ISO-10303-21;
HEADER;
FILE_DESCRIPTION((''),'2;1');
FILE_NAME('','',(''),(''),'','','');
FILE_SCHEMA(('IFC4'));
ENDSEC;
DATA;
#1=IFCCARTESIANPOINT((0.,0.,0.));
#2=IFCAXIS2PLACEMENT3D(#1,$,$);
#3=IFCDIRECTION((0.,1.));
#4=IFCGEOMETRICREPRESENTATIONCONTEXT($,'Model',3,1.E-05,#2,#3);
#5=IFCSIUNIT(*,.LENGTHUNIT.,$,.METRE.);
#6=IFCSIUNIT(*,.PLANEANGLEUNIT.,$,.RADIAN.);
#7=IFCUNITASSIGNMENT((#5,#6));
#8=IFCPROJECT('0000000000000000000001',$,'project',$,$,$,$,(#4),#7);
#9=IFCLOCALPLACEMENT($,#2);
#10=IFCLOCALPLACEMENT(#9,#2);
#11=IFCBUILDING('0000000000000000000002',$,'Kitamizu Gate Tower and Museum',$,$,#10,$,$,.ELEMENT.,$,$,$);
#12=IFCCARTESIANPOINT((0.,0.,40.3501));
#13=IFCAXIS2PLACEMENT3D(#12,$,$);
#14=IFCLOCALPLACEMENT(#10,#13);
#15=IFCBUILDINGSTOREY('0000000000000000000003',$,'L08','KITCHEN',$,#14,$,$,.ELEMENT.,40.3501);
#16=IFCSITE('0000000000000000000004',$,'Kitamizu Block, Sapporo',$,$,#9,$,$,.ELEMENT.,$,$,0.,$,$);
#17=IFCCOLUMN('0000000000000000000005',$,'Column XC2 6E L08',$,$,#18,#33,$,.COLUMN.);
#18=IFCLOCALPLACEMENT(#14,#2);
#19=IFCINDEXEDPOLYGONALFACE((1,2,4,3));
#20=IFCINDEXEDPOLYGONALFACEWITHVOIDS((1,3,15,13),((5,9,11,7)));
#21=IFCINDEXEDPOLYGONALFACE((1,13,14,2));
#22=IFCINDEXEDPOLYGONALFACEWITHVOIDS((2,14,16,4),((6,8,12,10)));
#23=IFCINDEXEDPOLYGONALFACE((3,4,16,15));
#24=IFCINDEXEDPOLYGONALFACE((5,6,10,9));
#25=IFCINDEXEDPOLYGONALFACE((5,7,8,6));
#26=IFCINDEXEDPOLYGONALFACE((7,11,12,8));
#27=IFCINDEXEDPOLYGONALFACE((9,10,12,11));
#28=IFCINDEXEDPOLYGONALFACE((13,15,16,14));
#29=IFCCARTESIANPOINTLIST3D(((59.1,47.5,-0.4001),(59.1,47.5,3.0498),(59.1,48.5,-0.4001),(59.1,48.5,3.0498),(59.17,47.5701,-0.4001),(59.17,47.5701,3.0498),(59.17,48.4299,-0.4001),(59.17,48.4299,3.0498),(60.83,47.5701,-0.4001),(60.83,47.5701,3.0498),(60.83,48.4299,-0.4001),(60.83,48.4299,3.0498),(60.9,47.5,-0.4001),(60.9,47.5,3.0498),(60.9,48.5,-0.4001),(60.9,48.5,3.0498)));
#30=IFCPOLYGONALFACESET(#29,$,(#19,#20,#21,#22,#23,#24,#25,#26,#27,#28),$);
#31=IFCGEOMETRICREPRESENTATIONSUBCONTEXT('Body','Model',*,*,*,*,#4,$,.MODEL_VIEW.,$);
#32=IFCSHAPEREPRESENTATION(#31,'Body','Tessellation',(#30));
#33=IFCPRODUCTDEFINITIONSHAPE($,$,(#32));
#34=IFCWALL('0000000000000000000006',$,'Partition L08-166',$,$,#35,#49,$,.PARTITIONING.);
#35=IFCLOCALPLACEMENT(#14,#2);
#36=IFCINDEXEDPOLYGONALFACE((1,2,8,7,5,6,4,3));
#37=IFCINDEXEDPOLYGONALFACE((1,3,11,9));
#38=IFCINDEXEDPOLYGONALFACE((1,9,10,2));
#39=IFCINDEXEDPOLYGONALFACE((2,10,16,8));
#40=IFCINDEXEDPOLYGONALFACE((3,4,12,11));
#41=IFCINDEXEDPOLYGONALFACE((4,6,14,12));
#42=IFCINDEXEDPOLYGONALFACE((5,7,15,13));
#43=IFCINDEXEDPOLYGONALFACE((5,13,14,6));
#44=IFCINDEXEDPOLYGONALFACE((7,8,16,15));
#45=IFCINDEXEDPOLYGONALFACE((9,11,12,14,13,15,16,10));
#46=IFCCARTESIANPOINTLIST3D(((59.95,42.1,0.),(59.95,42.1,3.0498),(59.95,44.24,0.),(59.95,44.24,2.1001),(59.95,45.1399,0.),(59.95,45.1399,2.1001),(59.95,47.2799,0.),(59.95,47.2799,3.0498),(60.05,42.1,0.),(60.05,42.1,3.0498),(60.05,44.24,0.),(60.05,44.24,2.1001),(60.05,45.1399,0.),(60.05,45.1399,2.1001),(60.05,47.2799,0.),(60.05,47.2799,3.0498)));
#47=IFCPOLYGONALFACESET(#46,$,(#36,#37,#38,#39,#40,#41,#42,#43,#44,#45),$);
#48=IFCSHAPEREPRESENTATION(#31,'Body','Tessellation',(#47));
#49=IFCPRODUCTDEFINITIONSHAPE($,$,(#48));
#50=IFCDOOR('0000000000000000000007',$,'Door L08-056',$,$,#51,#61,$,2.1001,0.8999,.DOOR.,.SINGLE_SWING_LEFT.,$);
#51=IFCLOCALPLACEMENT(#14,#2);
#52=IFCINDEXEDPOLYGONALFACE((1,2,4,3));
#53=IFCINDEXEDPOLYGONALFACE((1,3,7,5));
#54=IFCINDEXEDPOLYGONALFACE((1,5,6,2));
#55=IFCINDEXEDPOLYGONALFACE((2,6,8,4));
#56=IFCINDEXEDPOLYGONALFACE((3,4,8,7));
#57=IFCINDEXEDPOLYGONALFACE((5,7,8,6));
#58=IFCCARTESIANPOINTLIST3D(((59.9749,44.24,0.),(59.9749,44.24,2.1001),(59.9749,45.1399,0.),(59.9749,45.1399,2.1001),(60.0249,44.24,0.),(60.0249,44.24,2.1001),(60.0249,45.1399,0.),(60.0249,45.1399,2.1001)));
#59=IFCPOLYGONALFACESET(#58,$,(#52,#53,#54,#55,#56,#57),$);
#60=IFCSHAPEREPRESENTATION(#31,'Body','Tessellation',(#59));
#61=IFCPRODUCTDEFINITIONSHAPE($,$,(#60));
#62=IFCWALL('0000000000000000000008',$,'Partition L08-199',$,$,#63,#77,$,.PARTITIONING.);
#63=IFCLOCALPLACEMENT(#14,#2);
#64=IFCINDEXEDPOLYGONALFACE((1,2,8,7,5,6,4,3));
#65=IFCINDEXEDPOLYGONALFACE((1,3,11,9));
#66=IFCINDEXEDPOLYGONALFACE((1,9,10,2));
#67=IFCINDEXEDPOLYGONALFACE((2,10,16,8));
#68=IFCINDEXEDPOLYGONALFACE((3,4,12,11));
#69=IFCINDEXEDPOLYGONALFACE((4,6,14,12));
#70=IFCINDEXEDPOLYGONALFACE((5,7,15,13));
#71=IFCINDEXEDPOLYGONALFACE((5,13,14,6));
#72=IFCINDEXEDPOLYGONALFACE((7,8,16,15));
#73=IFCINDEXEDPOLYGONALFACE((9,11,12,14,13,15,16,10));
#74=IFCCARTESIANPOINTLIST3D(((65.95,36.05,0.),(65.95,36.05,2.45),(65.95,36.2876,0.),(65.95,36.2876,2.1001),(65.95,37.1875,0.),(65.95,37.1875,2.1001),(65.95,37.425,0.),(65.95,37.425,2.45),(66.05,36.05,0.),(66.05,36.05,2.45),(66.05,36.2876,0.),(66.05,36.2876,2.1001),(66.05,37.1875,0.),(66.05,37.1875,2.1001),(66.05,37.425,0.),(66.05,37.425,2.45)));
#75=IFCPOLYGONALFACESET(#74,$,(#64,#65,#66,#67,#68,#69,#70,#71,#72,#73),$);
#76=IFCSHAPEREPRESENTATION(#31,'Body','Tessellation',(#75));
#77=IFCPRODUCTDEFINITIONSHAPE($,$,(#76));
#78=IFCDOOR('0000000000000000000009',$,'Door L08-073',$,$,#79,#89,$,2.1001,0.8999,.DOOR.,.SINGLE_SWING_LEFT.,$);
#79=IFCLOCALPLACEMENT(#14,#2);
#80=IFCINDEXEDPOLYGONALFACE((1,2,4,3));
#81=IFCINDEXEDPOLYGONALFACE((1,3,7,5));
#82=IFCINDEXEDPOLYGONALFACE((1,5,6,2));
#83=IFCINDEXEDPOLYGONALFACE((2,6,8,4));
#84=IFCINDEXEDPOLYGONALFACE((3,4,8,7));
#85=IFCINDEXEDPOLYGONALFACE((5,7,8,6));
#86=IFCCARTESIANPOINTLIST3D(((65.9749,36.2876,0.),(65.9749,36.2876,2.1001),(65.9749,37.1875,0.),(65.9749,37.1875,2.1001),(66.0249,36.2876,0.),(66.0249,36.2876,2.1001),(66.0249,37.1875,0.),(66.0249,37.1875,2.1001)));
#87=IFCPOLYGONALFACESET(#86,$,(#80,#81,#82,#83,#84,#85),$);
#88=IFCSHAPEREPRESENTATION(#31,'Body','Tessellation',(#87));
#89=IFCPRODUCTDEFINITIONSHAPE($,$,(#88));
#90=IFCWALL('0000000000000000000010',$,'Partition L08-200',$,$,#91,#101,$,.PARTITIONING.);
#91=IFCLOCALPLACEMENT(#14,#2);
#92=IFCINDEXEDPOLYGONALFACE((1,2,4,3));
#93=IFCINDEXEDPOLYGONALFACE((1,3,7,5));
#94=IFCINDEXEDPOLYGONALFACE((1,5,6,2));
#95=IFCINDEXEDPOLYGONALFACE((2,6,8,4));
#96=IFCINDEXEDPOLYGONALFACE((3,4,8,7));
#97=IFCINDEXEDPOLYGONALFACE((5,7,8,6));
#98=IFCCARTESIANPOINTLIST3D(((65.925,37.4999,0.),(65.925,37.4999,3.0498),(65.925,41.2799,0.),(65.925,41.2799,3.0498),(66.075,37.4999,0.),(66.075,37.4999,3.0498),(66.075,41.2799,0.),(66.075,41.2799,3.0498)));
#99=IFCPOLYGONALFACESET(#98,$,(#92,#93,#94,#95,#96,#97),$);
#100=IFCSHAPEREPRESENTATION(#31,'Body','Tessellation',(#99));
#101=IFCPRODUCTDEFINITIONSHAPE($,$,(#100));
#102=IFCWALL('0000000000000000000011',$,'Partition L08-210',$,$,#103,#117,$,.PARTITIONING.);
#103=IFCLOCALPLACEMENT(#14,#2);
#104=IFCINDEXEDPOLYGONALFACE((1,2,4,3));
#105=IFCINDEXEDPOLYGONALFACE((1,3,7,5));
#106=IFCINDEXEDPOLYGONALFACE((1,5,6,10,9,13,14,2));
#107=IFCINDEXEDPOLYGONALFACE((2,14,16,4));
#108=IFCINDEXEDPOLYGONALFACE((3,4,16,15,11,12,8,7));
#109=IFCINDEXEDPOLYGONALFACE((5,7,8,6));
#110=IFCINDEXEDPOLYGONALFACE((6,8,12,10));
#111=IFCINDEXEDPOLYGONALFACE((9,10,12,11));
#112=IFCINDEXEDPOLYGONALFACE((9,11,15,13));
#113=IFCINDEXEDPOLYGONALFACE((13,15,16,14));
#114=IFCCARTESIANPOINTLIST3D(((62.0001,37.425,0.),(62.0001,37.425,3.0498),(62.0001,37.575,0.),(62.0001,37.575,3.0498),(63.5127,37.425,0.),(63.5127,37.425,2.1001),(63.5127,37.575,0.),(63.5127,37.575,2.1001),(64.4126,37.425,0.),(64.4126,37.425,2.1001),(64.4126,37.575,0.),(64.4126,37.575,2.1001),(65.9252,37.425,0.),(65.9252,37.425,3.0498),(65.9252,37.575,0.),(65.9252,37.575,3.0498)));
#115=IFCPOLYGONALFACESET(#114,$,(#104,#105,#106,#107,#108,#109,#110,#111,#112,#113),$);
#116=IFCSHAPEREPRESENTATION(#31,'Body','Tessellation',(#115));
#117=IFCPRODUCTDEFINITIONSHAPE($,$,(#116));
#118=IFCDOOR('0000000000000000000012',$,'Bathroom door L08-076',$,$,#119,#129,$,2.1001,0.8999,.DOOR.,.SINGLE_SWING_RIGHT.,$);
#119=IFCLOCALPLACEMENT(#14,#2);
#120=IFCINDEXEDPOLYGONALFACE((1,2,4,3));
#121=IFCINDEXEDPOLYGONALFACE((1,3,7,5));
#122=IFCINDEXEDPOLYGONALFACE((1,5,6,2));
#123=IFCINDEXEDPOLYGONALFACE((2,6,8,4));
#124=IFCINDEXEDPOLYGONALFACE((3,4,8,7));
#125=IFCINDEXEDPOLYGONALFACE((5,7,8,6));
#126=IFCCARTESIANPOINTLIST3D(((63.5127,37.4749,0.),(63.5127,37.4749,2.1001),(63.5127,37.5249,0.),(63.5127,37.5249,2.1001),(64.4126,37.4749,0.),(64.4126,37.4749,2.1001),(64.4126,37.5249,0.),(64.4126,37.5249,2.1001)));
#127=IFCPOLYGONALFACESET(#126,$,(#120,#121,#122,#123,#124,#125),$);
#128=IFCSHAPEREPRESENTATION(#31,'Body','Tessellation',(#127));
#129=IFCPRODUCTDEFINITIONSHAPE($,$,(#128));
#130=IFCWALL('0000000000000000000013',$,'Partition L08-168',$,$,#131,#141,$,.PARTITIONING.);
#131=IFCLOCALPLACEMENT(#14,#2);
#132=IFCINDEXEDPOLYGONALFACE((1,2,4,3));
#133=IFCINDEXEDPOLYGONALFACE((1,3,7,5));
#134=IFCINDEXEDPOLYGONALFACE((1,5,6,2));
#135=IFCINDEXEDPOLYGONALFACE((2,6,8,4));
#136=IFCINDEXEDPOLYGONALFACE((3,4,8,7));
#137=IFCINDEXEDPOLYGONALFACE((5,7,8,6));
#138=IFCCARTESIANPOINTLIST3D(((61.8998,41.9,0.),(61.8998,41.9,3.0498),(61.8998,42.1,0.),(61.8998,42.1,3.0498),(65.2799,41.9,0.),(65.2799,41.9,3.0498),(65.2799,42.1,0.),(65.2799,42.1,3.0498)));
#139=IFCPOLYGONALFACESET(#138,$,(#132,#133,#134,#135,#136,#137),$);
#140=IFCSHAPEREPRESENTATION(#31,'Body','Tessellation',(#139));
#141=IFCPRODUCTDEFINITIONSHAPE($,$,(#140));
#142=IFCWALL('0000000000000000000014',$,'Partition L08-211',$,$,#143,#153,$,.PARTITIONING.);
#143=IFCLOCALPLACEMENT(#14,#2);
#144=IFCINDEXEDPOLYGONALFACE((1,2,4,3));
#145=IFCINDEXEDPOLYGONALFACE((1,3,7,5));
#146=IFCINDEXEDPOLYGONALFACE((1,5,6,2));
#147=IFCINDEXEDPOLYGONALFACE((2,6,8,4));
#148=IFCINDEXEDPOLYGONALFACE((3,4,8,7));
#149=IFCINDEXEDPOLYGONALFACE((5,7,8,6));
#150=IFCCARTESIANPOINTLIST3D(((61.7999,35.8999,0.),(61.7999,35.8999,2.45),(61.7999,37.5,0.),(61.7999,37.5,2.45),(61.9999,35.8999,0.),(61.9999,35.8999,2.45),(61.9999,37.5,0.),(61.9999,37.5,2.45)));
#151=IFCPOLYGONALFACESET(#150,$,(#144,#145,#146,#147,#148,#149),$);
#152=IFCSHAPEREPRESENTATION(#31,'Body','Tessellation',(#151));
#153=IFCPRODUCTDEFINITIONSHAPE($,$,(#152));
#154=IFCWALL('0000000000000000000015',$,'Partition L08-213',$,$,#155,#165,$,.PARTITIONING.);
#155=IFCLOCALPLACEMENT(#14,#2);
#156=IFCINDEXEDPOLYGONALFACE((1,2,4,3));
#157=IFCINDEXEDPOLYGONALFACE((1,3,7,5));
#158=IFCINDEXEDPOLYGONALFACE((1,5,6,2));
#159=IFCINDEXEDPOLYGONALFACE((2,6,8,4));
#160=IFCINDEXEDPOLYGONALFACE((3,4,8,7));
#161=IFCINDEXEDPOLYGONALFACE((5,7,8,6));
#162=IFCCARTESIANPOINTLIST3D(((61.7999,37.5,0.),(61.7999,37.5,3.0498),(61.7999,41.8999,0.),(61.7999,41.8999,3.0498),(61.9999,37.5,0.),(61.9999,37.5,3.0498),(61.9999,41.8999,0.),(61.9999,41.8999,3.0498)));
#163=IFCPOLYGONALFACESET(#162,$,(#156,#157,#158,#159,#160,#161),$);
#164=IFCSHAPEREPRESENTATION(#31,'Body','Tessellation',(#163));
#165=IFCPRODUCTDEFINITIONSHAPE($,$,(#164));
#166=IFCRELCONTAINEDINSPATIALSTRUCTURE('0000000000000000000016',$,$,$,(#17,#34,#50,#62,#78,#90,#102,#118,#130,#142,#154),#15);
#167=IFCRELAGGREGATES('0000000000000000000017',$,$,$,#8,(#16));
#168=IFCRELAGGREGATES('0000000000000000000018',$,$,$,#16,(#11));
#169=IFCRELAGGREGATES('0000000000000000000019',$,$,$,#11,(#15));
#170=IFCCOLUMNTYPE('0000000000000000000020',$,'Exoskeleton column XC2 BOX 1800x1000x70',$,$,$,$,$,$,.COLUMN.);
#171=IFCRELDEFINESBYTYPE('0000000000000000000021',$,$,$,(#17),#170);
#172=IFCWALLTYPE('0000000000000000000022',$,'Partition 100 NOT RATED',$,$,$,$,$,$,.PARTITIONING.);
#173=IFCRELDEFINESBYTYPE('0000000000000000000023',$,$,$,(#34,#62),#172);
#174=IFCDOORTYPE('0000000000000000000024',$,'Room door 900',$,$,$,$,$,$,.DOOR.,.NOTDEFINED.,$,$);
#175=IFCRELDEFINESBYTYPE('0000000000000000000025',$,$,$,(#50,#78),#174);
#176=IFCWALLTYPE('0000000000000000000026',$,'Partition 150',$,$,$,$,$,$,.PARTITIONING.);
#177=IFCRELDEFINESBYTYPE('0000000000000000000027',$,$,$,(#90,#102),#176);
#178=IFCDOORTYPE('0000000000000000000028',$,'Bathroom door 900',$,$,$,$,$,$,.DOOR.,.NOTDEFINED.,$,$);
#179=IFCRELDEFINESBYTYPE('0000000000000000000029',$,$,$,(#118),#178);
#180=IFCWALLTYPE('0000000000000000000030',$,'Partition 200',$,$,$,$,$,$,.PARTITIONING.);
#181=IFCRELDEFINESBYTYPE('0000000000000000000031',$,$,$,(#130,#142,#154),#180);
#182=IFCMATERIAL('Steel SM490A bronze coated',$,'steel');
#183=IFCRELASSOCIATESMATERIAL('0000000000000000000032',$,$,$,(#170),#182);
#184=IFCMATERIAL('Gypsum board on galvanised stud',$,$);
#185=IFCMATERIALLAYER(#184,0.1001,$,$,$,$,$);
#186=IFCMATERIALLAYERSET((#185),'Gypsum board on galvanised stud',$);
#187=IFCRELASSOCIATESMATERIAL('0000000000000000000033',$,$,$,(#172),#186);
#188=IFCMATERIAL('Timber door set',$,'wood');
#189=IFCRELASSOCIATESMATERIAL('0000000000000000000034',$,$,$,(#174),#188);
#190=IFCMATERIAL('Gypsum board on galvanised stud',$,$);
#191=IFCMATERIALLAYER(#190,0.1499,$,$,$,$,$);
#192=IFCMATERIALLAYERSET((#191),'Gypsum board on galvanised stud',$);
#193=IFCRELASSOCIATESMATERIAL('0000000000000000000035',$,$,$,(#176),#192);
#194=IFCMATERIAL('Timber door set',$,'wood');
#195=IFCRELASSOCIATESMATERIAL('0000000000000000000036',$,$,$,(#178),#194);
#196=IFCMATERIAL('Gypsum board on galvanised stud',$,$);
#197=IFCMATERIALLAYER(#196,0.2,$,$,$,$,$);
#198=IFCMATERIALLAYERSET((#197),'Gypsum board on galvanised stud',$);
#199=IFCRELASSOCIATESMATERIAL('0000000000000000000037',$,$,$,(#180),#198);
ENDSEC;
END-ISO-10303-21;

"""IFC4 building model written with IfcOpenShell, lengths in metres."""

from ifc_helpers import new_model, si_unit, direction, frame, frame_2d, origin, origin_2d, place, context, subcontext, project, spatial, rectangle, hollow_rectangle, extrude, material, layer, layer_set, material_profile, profile_set, type_object, element, fill, save


model = new_model("IFC4")

# Units and contexts
model_context = context("Model", 3, precision=1e-05, world=origin(), true_north=direction((0.0, 1.0)))
body_context = subcontext(model_context, "Body", "Model", "MODEL_VIEW")
ifc_project = project(units=[si_unit("LENGTHUNIT", "METRE"), si_unit("PLANEANGLEUNIT", "RADIAN")], contexts=[model_context])

# Site, building, storey
site_placement = place(None, origin())
site = spatial("IfcSite", under=ifc_project, at=site_placement, Name="Kitamizu Block, Sapporo", CompositionType="ELEMENT", RefElevation=0.0)
building_placement = place(site_placement, origin())
building = spatial("IfcBuilding", under=site, at=building_placement, Name="Kitamizu Gate Tower and Museum", CompositionType="ELEMENT")
storey_placement = place(building_placement, frame((0.0, 0.0, 40.3501)))
storey = spatial("IfcBuildingStorey", under=building, at=storey_placement, Name="L08", Description="KITCHEN", CompositionType="ELEMENT", Elevation=40.3501)

# Column
ifc_material_1 = material(Name="Steel SM490A bronze coated", Category="steel")
ifc_material_profile = material_profile(ifc_material_1, hollow_rectangle(XDim=1.8, YDim=1.0, WallThickness=0.0701, at=origin_2d()), Name="BOX 1800x1000x70")
ifc_profile_set = profile_set([ifc_material_profile], Name="Steel SM490A bronze coated")
column_type = type_object("IfcColumnType", Name="Exoskeleton column XC2 BOX 1800x1000x70", PredefinedType="COLUMN", material=ifc_profile_set)
column_placement = place(storey_placement, frame((60.0, 48.0, -0.4001), z_axis=(0.0, 0.0, 1.0), x_axis=(1.0, 0.0, 0.0)))
element("IfcColumn", 1, at=column_placement, inside=storey, type_object=column_type, Name="Column XC2 6E L08", PredefinedType="COLUMN", context=body_context, shape_type="SweptSolid", body=[
    extrude(hollow_rectangle(XDim=1.8, YDim=1.0, WallThickness=0.0701, at=origin_2d()), origin(), (0.0, 0.0, 1.0), 3.45),
])

# Walls, openings, doors
ifc_material_2 = material(Name="Gypsum board on galvanised stud")
ifc_layer_1 = layer(ifc_material_2, 0.1001)
ifc_layer_set_1 = layer_set([ifc_layer_1], Name="Gypsum board on galvanised stud")
wall_type_1 = type_object("IfcWallType", Name="Partition 100 NOT RATED", PredefinedType="PARTITIONING", material=ifc_layer_set_1)
wall_1_placement = place(storey_placement, frame((60.0, 42.1001, 0.0), z_axis=(0.0, 0.0, 1.0), x_axis=(0.0, 1.0, 0.0)))
wall_1 = element("IfcWall", 2, at=wall_1_placement, inside=storey, type_object=wall_type_1, Name="Partition L08-166", PredefinedType="PARTITIONING", context=body_context, shape_type="SweptSolid", body=[
    extrude(rectangle(XDim=5.1799, YDim=0.1001, at=frame_2d((2.5898, 0.0))), origin(), (0.0, 0.0, 1.0), 3.0498),
])
opening_1_placement = place(wall_1_placement, frame((2.1399, 0.0, 0.0)))
opening_1 = element("IfcOpeningElement", 3, at=opening_1_placement, cuts=wall_1, PredefinedType="OPENING", context=body_context, shape_type="SweptSolid", body=[
    extrude(rectangle(XDim=0.8999, YDim=2.1001, at=frame_2d((0.45, 1.05))), frame((0.0, 0.0601, 0.0), z_axis=(0.0, -1.0, 0.0), x_axis=(1.0, 0.0, 0.0)), (0.0, 0.0, 1.0), 0.1201),
])
ifc_material_3 = material(Name="Timber door set", Category="wood")
door_type_1 = type_object("IfcDoorType", Name="Room door 900", OperationType="NOTDEFINED", PredefinedType="DOOR", material=ifc_material_3)
door_1_placement = place(opening_1_placement, frame((0.8999, 0.0, 0.0), x_axis=(-1.0, 0.0, 0.0)))
door_1 = element("IfcDoor", 4, at=door_1_placement, inside=storey, type_object=door_type_1, Name="Door L08-056", OperationType="SINGLE_SWING_LEFT", OverallHeight=2.1001, OverallWidth=0.8999, PredefinedType="DOOR", context=body_context, shape_type="SweptSolid", body=[
    extrude(rectangle(XDim=0.8999, YDim=2.1001, at=frame_2d((0.45, 1.05))), frame((0.0, 0.0249, 0.0), z_axis=(0.0, -1.0, 0.0), x_axis=(1.0, 0.0, 0.0)), (0.0, 0.0, 1.0), 0.05),
])
fill(opening_1, door_1)
wall_2_placement = place(storey_placement, frame((66.0, 37.425, 0.0), z_axis=(0.0, 0.0, 1.0), x_axis=(0.0, -1.0, 0.0)))
wall_2 = element("IfcWall", 5, at=wall_2_placement, inside=storey, type_object=wall_type_1, Name="Partition L08-199", PredefinedType="PARTITIONING", context=body_context, shape_type="SweptSolid", body=[
    extrude(rectangle(XDim=1.375, YDim=0.1001, at=frame_2d((0.6875, 0.0))), origin(), (0.0, 0.0, 1.0), 2.45),
])
opening_2_placement = place(wall_2_placement, frame((0.2375, 0.0, 0.0)))
opening_2 = element("IfcOpeningElement", 6, at=opening_2_placement, cuts=wall_2, PredefinedType="OPENING", context=body_context, shape_type="SweptSolid", body=[
    extrude(rectangle(XDim=0.8999, YDim=2.1001, at=frame_2d((0.45, 1.05))), frame((0.0, 0.0601, 0.0), z_axis=(0.0, -1.0, 0.0), x_axis=(1.0, 0.0, 0.0)), (0.0, 0.0, 1.0), 0.1201),
])
door_2_placement = place(opening_2_placement, origin())
door_2 = element("IfcDoor", 7, at=door_2_placement, inside=storey, type_object=door_type_1, Name="Door L08-073", OperationType="SINGLE_SWING_LEFT", OverallHeight=2.1001, OverallWidth=0.8999, PredefinedType="DOOR", context=body_context, shape_type="SweptSolid", body=[
    extrude(rectangle(XDim=0.8999, YDim=2.1001, at=frame_2d((0.45, 1.05))), frame((0.0, 0.0249, 0.0), z_axis=(0.0, -1.0, 0.0), x_axis=(1.0, 0.0, 0.0)), (0.0, 0.0, 1.0), 0.05),
])
fill(opening_2, door_2)

# Wall
ifc_material_4 = material(Name="Gypsum board on galvanised stud")
ifc_layer_2 = layer(ifc_material_4, 0.1499)
ifc_layer_set_2 = layer_set([ifc_layer_2], Name="Gypsum board on galvanised stud")
wall_type_2 = type_object("IfcWallType", Name="Partition 150", PredefinedType="PARTITIONING", material=ifc_layer_set_2)
wall_3_placement = place(storey_placement, frame((66.0, 41.28, 0.0), z_axis=(0.0, 0.0, 1.0), x_axis=(0.0, -1.0, 0.0)))
element("IfcWall", 8, at=wall_3_placement, inside=storey, type_object=wall_type_2, Name="Partition L08-200", PredefinedType="PARTITIONING", context=body_context, shape_type="SweptSolid", body=[
    extrude(rectangle(XDim=3.78, YDim=0.1499, at=frame_2d((1.8901, 0.0))), origin(), (0.0, 0.0, 1.0), 3.0498),
])

# Wall, opening, door
wall_4_placement = place(storey_placement, frame((65.925, 37.5, 0.0), z_axis=(0.0, 0.0, 1.0), x_axis=(-1.0, 0.0, 0.0)))
wall_4 = element("IfcWall", 9, at=wall_4_placement, inside=storey, type_object=wall_type_2, Name="Partition L08-210", PredefinedType="PARTITIONING", context=body_context, shape_type="SweptSolid", body=[
    extrude(rectangle(XDim=3.925, YDim=0.1499, at=frame_2d((1.9624, 0.0))), origin(), (0.0, 0.0, 1.0), 3.0498),
])
opening_3_placement = place(wall_4_placement, frame((1.5125, 0.0, 0.0)))
opening_3 = element("IfcOpeningElement", 10, at=opening_3_placement, cuts=wall_4, PredefinedType="OPENING", context=body_context, shape_type="SweptSolid", body=[
    extrude(rectangle(XDim=0.8999, YDim=2.1001, at=frame_2d((0.45, 1.05))), frame((0.0, 0.085, 0.0), z_axis=(0.0, -1.0, 0.0), x_axis=(1.0, 0.0, 0.0)), (0.0, 0.0, 1.0), 0.1699),
])
ifc_material_5 = material(Name="Timber door set", Category="wood")
door_type_2 = type_object("IfcDoorType", Name="Bathroom door 900", OperationType="NOTDEFINED", PredefinedType="DOOR", material=ifc_material_5)
door_3_placement = place(opening_3_placement, frame((0.8999, 0.0, 0.0), x_axis=(-1.0, 0.0, 0.0)))
door_3 = element("IfcDoor", 11, at=door_3_placement, inside=storey, type_object=door_type_2, Name="Bathroom door L08-076", OperationType="SINGLE_SWING_RIGHT", OverallHeight=2.1001, OverallWidth=0.8999, PredefinedType="DOOR", context=body_context, shape_type="SweptSolid", body=[
    extrude(rectangle(XDim=0.8999, YDim=2.1001, at=frame_2d((0.45, 1.05))), frame((0.0, 0.0249, 0.0), z_axis=(0.0, -1.0, 0.0), x_axis=(1.0, 0.0, 0.0)), (0.0, 0.0, 1.0), 0.05),
])
fill(opening_3, door_3)

# Walls
ifc_material_6 = material(Name="Gypsum board on galvanised stud")
ifc_layer_3 = layer(ifc_material_6, 0.2)
ifc_layer_set_3 = layer_set([ifc_layer_3], Name="Gypsum board on galvanised stud")
wall_type_3 = type_object("IfcWallType", Name="Partition 200", PredefinedType="PARTITIONING", material=ifc_layer_set_3)
wall_5_placement = place(storey_placement, frame((61.8999, 42.0, 0.0), z_axis=(0.0, 0.0, 1.0), x_axis=(1.0, 0.0, 0.0)))
element("IfcWall", 12, at=wall_5_placement, inside=storey, type_object=wall_type_3, Name="Partition L08-168", PredefinedType="PARTITIONING", context=body_context, shape_type="SweptSolid", body=[
    extrude(rectangle(XDim=3.3801, YDim=0.2, at=frame_2d((1.6899, 0.0))), origin(), (0.0, 0.0, 1.0), 3.0498),
])
wall_6_placement = place(storey_placement, frame((61.8999, 37.5, 0.0), z_axis=(0.0, 0.0, 1.0), x_axis=(0.0, -1.0, 0.0)))
element("IfcWall", 13, at=wall_6_placement, inside=storey, type_object=wall_type_3, Name="Partition L08-211", PredefinedType="PARTITIONING", context=body_context, shape_type="SweptSolid", body=[
    extrude(rectangle(XDim=1.6001, YDim=0.2, at=frame_2d((0.8, 0.0))), origin(), (0.0, 0.0, 1.0), 2.45),
])
wall_7_placement = place(storey_placement, frame((61.8999, 41.8999, 0.0), z_axis=(0.0, 0.0, 1.0), x_axis=(0.0, -1.0, 0.0)))
element("IfcWall", 14, at=wall_7_placement, inside=storey, type_object=wall_type_3, Name="Partition L08-213", PredefinedType="PARTITIONING", context=body_context, shape_type="SweptSolid", body=[
    extrude(rectangle(XDim=4.3999, YDim=0.2, at=frame_2d((2.2, 0.0))), origin(), (0.0, 0.0, 1.0), 3.0498),
])

save(model, "model.ifc")
